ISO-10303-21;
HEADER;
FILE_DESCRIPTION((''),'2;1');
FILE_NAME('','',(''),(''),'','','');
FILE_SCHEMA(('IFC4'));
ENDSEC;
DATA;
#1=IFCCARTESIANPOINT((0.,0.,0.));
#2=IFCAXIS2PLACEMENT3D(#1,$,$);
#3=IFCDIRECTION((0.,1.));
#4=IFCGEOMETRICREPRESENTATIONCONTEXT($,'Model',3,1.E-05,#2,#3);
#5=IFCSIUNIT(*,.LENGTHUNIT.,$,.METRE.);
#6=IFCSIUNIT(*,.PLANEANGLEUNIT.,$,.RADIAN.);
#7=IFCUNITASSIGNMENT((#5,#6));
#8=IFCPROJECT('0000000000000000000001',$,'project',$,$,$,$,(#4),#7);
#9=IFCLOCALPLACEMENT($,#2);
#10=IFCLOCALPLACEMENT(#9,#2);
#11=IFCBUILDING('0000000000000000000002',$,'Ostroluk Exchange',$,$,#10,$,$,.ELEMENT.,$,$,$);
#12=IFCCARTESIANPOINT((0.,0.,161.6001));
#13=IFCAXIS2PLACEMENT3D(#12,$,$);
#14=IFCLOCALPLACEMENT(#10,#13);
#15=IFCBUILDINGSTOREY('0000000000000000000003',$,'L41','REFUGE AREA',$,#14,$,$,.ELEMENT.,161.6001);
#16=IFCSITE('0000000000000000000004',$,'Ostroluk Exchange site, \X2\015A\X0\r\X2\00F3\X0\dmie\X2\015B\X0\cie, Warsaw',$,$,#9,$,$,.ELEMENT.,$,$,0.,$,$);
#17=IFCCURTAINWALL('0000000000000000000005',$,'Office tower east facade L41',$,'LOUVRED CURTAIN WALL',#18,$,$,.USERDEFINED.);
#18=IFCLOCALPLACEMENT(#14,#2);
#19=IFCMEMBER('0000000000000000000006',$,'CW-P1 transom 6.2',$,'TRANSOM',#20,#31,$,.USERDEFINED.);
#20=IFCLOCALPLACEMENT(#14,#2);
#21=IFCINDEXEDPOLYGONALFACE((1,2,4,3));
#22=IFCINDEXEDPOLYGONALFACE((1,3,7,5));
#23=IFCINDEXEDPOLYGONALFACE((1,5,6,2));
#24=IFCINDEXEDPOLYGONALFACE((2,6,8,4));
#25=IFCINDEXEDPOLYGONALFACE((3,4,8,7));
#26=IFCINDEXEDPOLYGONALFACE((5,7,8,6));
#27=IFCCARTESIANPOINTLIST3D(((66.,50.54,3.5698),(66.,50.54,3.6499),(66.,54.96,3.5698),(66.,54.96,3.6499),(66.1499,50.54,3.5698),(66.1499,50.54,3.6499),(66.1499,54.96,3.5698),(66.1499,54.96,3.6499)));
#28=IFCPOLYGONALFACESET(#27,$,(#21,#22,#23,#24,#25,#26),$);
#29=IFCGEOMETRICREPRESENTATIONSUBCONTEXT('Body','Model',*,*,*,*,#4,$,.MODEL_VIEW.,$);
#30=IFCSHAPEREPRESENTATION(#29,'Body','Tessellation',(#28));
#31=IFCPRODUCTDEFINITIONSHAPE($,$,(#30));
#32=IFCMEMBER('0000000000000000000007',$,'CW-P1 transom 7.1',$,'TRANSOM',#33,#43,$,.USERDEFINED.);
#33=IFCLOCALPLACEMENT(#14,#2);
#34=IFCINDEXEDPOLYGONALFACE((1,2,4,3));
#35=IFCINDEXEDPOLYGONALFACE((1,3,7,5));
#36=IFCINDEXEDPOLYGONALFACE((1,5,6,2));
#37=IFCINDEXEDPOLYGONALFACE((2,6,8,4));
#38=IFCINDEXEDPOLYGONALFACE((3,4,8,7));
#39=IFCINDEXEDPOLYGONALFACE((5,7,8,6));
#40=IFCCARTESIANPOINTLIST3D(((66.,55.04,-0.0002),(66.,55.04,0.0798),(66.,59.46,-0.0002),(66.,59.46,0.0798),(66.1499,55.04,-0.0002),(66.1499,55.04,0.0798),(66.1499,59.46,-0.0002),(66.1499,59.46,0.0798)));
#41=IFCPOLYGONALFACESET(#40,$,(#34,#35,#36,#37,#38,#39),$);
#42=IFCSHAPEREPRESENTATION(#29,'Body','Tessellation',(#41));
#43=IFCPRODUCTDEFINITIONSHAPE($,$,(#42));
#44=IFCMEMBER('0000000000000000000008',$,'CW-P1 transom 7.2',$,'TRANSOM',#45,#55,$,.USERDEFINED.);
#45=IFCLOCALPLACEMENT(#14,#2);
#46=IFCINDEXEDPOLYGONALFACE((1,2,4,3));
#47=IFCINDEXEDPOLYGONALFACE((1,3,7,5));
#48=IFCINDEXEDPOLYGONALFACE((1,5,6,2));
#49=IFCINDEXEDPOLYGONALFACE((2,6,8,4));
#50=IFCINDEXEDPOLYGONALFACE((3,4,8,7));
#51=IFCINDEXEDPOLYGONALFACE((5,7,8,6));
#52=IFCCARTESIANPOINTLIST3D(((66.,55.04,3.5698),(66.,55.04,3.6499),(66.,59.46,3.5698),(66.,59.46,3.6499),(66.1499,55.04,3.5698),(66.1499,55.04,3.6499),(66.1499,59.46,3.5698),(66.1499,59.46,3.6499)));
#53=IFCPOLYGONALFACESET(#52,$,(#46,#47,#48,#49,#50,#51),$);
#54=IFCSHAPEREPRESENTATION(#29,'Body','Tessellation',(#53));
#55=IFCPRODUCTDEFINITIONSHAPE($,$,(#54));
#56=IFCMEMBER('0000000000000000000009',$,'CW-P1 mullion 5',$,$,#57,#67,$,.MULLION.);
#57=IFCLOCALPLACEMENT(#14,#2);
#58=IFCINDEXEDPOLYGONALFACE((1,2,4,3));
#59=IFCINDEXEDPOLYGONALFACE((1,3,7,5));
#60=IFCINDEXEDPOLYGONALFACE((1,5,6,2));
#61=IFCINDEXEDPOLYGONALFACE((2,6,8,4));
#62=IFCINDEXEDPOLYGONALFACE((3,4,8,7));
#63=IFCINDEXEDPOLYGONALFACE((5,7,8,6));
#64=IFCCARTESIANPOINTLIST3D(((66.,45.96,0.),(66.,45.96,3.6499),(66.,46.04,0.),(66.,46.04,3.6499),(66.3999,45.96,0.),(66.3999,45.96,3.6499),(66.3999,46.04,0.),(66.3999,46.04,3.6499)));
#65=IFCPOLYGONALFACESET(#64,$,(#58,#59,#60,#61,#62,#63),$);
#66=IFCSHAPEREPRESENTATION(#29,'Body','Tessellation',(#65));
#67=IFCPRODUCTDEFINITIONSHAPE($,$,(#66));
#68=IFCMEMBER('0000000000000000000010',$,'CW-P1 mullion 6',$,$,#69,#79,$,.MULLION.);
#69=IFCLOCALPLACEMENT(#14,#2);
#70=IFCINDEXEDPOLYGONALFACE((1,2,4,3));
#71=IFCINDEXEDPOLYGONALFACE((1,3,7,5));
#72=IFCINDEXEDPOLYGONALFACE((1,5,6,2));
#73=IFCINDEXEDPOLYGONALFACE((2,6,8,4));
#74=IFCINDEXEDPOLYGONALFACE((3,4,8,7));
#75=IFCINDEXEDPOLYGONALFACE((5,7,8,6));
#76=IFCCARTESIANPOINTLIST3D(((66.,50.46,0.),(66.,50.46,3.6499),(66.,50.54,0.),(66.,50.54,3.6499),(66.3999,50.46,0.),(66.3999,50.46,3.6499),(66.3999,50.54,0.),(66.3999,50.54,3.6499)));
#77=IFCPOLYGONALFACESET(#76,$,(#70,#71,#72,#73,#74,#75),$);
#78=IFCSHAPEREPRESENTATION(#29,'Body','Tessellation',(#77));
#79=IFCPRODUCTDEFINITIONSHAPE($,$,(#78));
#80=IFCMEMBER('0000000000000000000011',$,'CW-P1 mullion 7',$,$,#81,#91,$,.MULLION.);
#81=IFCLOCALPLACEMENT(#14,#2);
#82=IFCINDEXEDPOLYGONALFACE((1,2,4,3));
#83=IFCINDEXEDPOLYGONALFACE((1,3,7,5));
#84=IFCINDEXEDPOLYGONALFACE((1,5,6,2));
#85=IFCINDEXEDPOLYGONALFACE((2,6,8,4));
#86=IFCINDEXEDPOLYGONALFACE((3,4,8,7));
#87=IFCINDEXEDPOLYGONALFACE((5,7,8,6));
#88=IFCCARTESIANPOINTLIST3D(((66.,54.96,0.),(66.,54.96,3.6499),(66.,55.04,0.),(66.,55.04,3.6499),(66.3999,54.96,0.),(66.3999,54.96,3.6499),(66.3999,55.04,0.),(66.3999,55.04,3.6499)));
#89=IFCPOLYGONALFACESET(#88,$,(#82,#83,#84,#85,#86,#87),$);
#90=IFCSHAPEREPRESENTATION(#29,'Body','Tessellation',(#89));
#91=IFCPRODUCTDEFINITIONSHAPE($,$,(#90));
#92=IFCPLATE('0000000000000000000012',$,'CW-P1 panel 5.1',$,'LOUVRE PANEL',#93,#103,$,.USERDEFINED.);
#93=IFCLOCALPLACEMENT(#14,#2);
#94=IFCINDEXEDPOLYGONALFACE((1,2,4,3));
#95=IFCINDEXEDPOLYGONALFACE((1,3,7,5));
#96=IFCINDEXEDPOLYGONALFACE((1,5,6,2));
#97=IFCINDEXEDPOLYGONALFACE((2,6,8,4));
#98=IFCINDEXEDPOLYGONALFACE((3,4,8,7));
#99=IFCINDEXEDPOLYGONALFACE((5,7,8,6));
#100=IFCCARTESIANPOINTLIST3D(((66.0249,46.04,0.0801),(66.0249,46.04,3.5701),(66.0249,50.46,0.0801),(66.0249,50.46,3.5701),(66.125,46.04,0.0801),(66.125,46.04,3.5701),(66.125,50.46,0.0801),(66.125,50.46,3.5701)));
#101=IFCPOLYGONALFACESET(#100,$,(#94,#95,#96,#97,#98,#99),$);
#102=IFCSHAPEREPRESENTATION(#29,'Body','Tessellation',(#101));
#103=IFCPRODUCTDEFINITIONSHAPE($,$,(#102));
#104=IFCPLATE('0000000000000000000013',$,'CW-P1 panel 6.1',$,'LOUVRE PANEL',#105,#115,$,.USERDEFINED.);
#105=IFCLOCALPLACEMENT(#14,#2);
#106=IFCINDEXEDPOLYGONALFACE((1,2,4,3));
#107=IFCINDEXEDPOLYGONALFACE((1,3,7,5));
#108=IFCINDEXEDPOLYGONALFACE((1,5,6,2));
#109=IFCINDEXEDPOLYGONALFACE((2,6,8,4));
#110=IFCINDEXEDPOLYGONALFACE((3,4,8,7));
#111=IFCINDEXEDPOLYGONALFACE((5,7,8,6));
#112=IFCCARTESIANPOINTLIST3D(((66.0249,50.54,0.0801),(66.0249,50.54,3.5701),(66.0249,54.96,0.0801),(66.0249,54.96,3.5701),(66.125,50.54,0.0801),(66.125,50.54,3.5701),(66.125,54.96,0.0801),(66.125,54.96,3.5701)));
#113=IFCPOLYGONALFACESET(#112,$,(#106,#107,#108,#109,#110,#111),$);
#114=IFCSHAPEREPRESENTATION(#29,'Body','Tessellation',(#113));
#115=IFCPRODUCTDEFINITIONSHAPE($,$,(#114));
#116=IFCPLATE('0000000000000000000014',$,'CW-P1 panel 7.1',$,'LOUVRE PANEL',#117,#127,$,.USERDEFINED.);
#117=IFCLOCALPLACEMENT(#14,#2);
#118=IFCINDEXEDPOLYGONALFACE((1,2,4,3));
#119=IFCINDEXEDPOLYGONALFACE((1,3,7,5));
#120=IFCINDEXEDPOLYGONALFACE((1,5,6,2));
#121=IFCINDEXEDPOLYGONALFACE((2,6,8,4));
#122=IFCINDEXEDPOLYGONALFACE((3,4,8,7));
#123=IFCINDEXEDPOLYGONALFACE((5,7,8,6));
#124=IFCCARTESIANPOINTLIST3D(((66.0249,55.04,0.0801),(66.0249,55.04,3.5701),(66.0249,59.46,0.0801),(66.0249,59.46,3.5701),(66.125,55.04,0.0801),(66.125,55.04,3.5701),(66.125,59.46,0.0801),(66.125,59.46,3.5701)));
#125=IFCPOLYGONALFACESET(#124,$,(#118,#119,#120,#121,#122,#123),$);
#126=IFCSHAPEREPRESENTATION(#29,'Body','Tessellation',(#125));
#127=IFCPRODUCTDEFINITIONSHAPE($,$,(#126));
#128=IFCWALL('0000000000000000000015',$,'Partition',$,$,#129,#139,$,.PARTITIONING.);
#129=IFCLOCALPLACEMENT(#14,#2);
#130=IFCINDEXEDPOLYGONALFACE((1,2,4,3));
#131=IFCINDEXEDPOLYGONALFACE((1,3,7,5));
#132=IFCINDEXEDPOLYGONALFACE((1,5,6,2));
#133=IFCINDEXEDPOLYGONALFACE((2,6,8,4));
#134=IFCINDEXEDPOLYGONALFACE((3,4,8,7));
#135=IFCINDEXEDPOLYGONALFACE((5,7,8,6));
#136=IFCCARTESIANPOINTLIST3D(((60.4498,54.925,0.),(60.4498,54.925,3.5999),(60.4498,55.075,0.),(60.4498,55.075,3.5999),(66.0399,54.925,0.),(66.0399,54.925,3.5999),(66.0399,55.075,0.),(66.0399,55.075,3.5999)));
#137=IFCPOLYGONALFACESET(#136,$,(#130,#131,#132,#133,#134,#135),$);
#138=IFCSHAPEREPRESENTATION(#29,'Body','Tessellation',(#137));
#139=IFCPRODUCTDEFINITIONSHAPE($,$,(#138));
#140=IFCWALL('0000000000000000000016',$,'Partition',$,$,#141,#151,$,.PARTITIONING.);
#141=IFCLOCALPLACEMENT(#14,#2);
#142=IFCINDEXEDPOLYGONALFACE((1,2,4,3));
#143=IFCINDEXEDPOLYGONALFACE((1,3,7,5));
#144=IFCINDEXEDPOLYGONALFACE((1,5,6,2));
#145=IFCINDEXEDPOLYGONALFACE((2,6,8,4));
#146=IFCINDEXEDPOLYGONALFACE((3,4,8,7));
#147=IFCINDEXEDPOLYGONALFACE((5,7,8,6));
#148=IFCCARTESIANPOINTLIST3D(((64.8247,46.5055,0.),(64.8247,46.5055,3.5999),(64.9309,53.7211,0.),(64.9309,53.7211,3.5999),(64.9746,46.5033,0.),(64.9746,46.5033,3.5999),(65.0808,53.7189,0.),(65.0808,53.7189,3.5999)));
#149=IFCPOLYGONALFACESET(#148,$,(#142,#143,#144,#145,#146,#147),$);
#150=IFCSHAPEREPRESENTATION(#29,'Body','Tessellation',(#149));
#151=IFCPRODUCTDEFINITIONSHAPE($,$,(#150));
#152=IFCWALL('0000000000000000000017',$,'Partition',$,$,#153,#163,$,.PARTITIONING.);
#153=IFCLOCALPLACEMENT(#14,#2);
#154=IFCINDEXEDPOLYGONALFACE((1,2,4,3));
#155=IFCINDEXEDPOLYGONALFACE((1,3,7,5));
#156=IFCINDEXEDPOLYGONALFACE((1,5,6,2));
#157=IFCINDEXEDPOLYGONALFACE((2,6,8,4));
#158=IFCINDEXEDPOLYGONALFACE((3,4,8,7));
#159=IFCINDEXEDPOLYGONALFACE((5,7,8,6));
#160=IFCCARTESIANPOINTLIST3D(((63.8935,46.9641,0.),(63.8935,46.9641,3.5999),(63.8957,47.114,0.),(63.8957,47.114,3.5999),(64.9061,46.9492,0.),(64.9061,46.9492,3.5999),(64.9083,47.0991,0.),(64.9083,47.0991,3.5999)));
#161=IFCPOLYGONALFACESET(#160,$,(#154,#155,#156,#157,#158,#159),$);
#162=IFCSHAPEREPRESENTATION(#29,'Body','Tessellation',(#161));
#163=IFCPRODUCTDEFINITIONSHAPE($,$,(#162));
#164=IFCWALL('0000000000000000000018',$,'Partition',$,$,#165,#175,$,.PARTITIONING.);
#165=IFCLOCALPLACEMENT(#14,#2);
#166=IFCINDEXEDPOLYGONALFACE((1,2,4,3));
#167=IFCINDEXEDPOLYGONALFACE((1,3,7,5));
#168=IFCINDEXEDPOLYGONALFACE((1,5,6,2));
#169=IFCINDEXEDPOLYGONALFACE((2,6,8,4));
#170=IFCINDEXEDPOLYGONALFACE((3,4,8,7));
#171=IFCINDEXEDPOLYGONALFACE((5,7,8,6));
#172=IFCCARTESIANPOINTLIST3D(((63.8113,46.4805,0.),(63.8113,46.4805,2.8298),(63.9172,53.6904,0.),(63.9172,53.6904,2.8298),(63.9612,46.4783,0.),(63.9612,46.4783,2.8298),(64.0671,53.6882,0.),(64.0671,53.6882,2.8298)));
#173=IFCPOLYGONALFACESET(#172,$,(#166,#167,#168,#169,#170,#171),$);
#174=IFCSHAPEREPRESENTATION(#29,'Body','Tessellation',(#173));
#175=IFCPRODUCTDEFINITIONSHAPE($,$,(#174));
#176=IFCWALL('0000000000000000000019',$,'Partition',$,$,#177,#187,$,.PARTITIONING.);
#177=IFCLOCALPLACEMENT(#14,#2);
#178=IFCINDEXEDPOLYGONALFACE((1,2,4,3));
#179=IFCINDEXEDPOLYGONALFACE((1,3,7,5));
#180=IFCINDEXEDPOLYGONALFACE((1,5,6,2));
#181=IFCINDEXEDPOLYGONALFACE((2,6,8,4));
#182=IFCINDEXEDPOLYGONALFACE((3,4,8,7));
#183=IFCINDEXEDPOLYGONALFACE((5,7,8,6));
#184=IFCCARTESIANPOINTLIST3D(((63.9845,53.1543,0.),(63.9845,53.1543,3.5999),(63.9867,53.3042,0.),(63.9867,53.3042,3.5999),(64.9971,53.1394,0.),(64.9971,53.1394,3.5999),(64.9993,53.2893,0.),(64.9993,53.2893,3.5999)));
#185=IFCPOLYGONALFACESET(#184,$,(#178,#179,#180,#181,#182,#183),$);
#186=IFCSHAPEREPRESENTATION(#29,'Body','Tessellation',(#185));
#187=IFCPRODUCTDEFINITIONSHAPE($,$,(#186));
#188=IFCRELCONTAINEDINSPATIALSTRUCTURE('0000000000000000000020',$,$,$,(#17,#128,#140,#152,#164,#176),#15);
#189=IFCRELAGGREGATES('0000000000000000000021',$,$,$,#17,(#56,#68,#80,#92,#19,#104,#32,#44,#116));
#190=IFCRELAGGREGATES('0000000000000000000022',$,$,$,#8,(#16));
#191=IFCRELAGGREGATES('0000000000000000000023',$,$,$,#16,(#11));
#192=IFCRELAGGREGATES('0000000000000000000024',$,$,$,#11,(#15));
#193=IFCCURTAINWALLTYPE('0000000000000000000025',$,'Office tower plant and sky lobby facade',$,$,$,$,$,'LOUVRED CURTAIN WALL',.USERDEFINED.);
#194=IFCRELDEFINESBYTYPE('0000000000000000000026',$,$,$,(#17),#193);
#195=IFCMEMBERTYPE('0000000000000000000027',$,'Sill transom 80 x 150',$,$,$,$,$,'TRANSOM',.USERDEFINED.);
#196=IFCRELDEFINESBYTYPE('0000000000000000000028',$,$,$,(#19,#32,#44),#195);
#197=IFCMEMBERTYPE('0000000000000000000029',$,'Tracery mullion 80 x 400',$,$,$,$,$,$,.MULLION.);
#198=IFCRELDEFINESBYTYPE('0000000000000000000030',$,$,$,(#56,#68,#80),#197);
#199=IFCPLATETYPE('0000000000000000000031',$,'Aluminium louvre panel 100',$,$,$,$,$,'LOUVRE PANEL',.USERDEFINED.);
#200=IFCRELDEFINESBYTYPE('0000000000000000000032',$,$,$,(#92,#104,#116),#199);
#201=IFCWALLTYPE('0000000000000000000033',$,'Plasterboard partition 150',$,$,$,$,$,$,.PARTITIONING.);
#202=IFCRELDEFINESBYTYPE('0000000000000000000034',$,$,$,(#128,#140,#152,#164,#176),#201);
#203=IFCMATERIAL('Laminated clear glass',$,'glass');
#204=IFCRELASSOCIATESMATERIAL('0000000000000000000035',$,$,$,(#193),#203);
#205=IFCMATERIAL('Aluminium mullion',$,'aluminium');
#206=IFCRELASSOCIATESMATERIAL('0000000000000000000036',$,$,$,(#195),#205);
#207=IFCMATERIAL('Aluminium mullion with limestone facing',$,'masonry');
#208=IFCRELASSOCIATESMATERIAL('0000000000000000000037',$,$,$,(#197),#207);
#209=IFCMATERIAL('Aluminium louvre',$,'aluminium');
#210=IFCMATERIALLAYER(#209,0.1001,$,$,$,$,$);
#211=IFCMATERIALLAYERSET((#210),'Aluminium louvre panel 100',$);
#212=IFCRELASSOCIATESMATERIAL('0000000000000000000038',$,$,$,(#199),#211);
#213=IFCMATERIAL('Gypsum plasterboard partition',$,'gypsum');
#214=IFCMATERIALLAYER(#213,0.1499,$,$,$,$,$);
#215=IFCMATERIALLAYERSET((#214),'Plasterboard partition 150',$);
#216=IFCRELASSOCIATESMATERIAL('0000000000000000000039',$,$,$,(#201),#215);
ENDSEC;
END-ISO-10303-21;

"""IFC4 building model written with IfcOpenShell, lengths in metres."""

from ifc_helpers import new_model, si_unit, direction, frame, frame_2d, origin, origin_2d, place, context, subcontext, project, spatial, rectangle, extrude, material, layer, layer_set, material_profile, profile_set, type_object, element, aggregate, save


model = new_model("IFC4")

# Units and contexts
model_context = context("Model", 3, precision=1e-05, world=origin(), true_north=direction((0.0, 1.0)))
body_context = subcontext(model_context, "Body", "Model", "MODEL_VIEW")
ifc_project = project(units=[si_unit("LENGTHUNIT", "METRE"), si_unit("PLANEANGLEUNIT", "RADIAN")], contexts=[model_context])

# Site, building, storey
site_placement = place(None, origin())
site = spatial("IfcSite", under=ifc_project, at=site_placement, Name="Ostroluk Exchange site, Śródmieście, Warsaw", CompositionType="ELEMENT", RefElevation=0.0)
building_placement = place(site_placement, origin())
building = spatial("IfcBuilding", under=site, at=building_placement, Name="Ostroluk Exchange", CompositionType="ELEMENT")
storey_placement = place(building_placement, frame((0.0, 0.0, 161.6001)))
storey = spatial("IfcBuildingStorey", under=building, at=storey_placement, Name="L41", Description="REFUGE AREA", CompositionType="ELEMENT", Elevation=161.6001)

# Curtain wall, members, plates
ifc_material_1 = material(Name="Laminated clear glass", Category="glass")
curtain_wall_type = type_object("IfcCurtainWallType", Name="Office tower plant and sky lobby facade", ElementType="LOUVRED CURTAIN WALL", PredefinedType="USERDEFINED", material=ifc_material_1)
curtain_wall_placement = place(storey_placement, origin())
curtain_wall = element("IfcCurtainWall", 1, at=curtain_wall_placement, inside=storey, type_object=curtain_wall_type, Name="Office tower east facade L41", ObjectType="LOUVRED CURTAIN WALL", PredefinedType="USERDEFINED")
ifc_material_2 = material(Name="Aluminium mullion", Category="aluminium")
ifc_material_profile_1 = material_profile(ifc_material_2, rectangle(XDim=0.1499, YDim=0.0801, at=origin_2d()), Name="Sill transom 80 x 150")
ifc_profile_set_1 = profile_set([ifc_material_profile_1], Name="Aluminium mullion")
member_type_1 = type_object("IfcMemberType", Name="Sill transom 80 x 150", ElementType="TRANSOM", PredefinedType="USERDEFINED", material=ifc_profile_set_1)
member_1_placement = place(storey_placement, frame((66.075, 50.54, 3.6099), z_axis=(0.0, 1.0, 0.0), x_axis=(-1.0, 0.0, 0.0)))
member_1 = element("IfcMember", 2, at=member_1_placement, type_object=member_type_1, Name="CW-P1 transom 6.2", ObjectType="TRANSOM", PredefinedType="USERDEFINED", context=body_context, shape_type="SweptSolid", body=[
    extrude(rectangle(XDim=0.1499, YDim=0.0801, at=origin_2d()), origin(), (0.0, 0.0, 1.0), 4.4199),
])
member_2_placement = place(storey_placement, frame((66.075, 55.04, 0.0398), z_axis=(0.0, 1.0, 0.0), x_axis=(-1.0, 0.0, 0.0)))
member_2 = element("IfcMember", 3, at=member_2_placement, type_object=member_type_1, Name="CW-P1 transom 7.1", ObjectType="TRANSOM", PredefinedType="USERDEFINED", context=body_context, shape_type="SweptSolid", body=[
    extrude(rectangle(XDim=0.1499, YDim=0.0801, at=origin_2d()), origin(), (0.0, 0.0, 1.0), 4.4199),
])
member_3_placement = place(storey_placement, frame((66.075, 55.04, 3.6099), z_axis=(0.0, 1.0, 0.0), x_axis=(-1.0, 0.0, 0.0)))
member_3 = element("IfcMember", 4, at=member_3_placement, type_object=member_type_1, Name="CW-P1 transom 7.2", ObjectType="TRANSOM", PredefinedType="USERDEFINED", context=body_context, shape_type="SweptSolid", body=[
    extrude(rectangle(XDim=0.1499, YDim=0.0801, at=origin_2d()), origin(), (0.0, 0.0, 1.0), 4.4199),
])
ifc_material_3 = material(Name="Aluminium mullion with limestone facing", Category="masonry")
ifc_material_profile_2 = material_profile(ifc_material_3, rectangle(XDim=0.3999, YDim=0.0801, at=origin_2d()), Name="Tracery mullion 80 x 400")
ifc_profile_set_2 = profile_set([ifc_material_profile_2], Name="Aluminium mullion with limestone facing")
member_type_2 = type_object("IfcMemberType", Name="Tracery mullion 80 x 400", PredefinedType="MULLION", material=ifc_profile_set_2)
member_4_placement = place(storey_placement, frame((66.2, 46.0, 0.0), z_axis=(0.0, 0.0, 1.0), x_axis=(-1.0, 0.0, 0.0)))
member_4 = element("IfcMember", 5, at=member_4_placement, type_object=member_type_2, Name="CW-P1 mullion 5", PredefinedType="MULLION", context=body_context, shape_type="SweptSolid", body=[
    extrude(rectangle(XDim=0.3999, YDim=0.0801, at=origin_2d()), origin(), (0.0, 0.0, 1.0), 3.6499),
])
member_5_placement = place(storey_placement, frame((66.2, 50.5, 0.0), z_axis=(0.0, 0.0, 1.0), x_axis=(-1.0, 0.0, 0.0)))
member_5 = element("IfcMember", 6, at=member_5_placement, type_object=member_type_2, Name="CW-P1 mullion 6", PredefinedType="MULLION", context=body_context, shape_type="SweptSolid", body=[
    extrude(rectangle(XDim=0.3999, YDim=0.0801, at=origin_2d()), origin(), (0.0, 0.0, 1.0), 3.6499),
])
member_6_placement = place(storey_placement, frame((66.2, 55.0, 0.0), z_axis=(0.0, 0.0, 1.0), x_axis=(-1.0, 0.0, 0.0)))
member_6 = element("IfcMember", 7, at=member_6_placement, type_object=member_type_2, Name="CW-P1 mullion 7", PredefinedType="MULLION", context=body_context, shape_type="SweptSolid", body=[
    extrude(rectangle(XDim=0.3999, YDim=0.0801, at=origin_2d()), origin(), (0.0, 0.0, 1.0), 3.6499),
])
ifc_material_4 = material(Name="Aluminium louvre", Category="aluminium")
ifc_layer_1 = layer(ifc_material_4, 0.1001)
ifc_layer_set_1 = layer_set([ifc_layer_1], Name="Aluminium louvre panel 100")
plate_type = type_object("IfcPlateType", Name="Aluminium louvre panel 100", ElementType="LOUVRE PANEL", PredefinedType="USERDEFINED", material=ifc_layer_set_1)
plate_1_placement = place(storey_placement, frame((66.075, 48.25, 0.0801), z_axis=(0.0, 0.0, 1.0), x_axis=(0.0, 1.0, 0.0)))
plate_1 = element("IfcPlate", 8, at=plate_1_placement, type_object=plate_type, Name="CW-P1 panel 5.1", ObjectType="LOUVRE PANEL", PredefinedType="USERDEFINED", context=body_context, shape_type="SweptSolid", body=[
    extrude(rectangle(XDim=4.4199, YDim=0.1001, at=origin_2d()), origin(), (0.0, 0.0, 1.0), 3.49),
])
plate_2_placement = place(storey_placement, frame((66.075, 52.75, 0.0801), z_axis=(0.0, 0.0, 1.0), x_axis=(0.0, 1.0, 0.0)))
plate_2 = element("IfcPlate", 9, at=plate_2_placement, type_object=plate_type, Name="CW-P1 panel 6.1", ObjectType="LOUVRE PANEL", PredefinedType="USERDEFINED", context=body_context, shape_type="SweptSolid", body=[
    extrude(rectangle(XDim=4.4199, YDim=0.1001, at=origin_2d()), origin(), (0.0, 0.0, 1.0), 3.49),
])
plate_3_placement = place(storey_placement, frame((66.075, 57.25, 0.0801), z_axis=(0.0, 0.0, 1.0), x_axis=(0.0, 1.0, 0.0)))
plate_3 = element("IfcPlate", 10, at=plate_3_placement, type_object=plate_type, Name="CW-P1 panel 7.1", ObjectType="LOUVRE PANEL", PredefinedType="USERDEFINED", context=body_context, shape_type="SweptSolid", body=[
    extrude(rectangle(XDim=4.4199, YDim=0.1001, at=origin_2d()), origin(), (0.0, 0.0, 1.0), 3.49),
])
aggregate(curtain_wall, [member_4, member_5, member_6, plate_1, member_1, plate_2, member_2, member_3, plate_3])

# Walls
ifc_material_5 = material(Name="Gypsum plasterboard partition", Category="gypsum")
ifc_layer_2 = layer(ifc_material_5, 0.1499)
ifc_layer_set_2 = layer_set([ifc_layer_2], Name="Plasterboard partition 150")
wall_type = type_object("IfcWallType", Name="Plasterboard partition 150", PredefinedType="PARTITIONING", material=ifc_layer_set_2)
wall_1_placement = place(storey_placement, frame((60.45, 55.0, 0.0), z_axis=(0.0, 0.0, 1.0), x_axis=(1.0, 0.0, 0.0)))
element("IfcWall", 11, at=wall_1_placement, inside=storey, type_object=wall_type, Name="Partition", PredefinedType="PARTITIONING", context=body_context, shape_type="SweptSolid", body=[
    extrude(rectangle(XDim=5.5901, YDim=0.1499, at=frame_2d((2.7949, 0.0))), origin(), (0.0, 0.0, 1.0), 3.5999),
])
wall_2_placement = place(storey_placement, frame((65.0059, 53.72, 0.0), z_axis=(0.0, 0.0, 1.0), x_axis=(-0.014717, -0.999892, 0.0)))
element("IfcWall", 12, at=wall_2_placement, inside=storey, type_object=wall_type, Name="Partition", PredefinedType="PARTITIONING", context=body_context, shape_type="SweptSolid", body=[
    extrude(rectangle(XDim=7.2163, YDim=0.1499, at=frame_2d((3.6082, 0.0))), origin(), (0.0, 0.0, 1.0), 3.5999),
])
wall_3_placement = place(storey_placement, frame((64.9072, 47.0242, 0.0), z_axis=(0.0, 0.0, 1.0), x_axis=(-0.999892, 0.014704, 0.0)))
element("IfcWall", 13, at=wall_3_placement, inside=storey, type_object=wall_type, Name="Partition", PredefinedType="PARTITIONING", context=body_context, shape_type="SweptSolid", body=[
    extrude(rectangle(XDim=1.0127, YDim=0.1499, at=frame_2d((0.5063, 0.0))), origin(), (0.0, 0.0, 1.0), 3.5999),
])
wall_4_placement = place(storey_placement, frame((63.8862, 46.4792, 0.0), z_axis=(0.0, 0.0, 1.0), x_axis=(0.014694, 0.999892, 0.0)))
element("IfcWall", 14, at=wall_4_placement, inside=storey, type_object=wall_type, Name="Partition", PredefinedType="PARTITIONING", context=body_context, shape_type="SweptSolid", body=[
    extrude(rectangle(XDim=7.2107, YDim=0.1499, at=frame_2d((3.6055, 0.0))), origin(), (0.0, 0.0, 1.0), 2.8298),
])
for number, where, z_axis, x_axis, name in (
    (15, (63.9856, 53.2292, 0.0), (0.0, 0.0, 1.0), (0.999892, -0.014704, 0.0), "Partition"),
):
    element("IfcWall", number, at=place(storey_placement, frame(where, z_axis=z_axis, x_axis=x_axis)), inside=storey, type_object=wall_type, Name=name, PredefinedType="PARTITIONING", context=body_context, shape_type="SweptSolid", body=[
        extrude(rectangle(XDim=1.0127, YDim=0.1499, at=frame_2d((0.5063, 0.0))), origin(), (0.0, 0.0, 1.0), 3.5999),
    ])

save(model, "model.ifc")
